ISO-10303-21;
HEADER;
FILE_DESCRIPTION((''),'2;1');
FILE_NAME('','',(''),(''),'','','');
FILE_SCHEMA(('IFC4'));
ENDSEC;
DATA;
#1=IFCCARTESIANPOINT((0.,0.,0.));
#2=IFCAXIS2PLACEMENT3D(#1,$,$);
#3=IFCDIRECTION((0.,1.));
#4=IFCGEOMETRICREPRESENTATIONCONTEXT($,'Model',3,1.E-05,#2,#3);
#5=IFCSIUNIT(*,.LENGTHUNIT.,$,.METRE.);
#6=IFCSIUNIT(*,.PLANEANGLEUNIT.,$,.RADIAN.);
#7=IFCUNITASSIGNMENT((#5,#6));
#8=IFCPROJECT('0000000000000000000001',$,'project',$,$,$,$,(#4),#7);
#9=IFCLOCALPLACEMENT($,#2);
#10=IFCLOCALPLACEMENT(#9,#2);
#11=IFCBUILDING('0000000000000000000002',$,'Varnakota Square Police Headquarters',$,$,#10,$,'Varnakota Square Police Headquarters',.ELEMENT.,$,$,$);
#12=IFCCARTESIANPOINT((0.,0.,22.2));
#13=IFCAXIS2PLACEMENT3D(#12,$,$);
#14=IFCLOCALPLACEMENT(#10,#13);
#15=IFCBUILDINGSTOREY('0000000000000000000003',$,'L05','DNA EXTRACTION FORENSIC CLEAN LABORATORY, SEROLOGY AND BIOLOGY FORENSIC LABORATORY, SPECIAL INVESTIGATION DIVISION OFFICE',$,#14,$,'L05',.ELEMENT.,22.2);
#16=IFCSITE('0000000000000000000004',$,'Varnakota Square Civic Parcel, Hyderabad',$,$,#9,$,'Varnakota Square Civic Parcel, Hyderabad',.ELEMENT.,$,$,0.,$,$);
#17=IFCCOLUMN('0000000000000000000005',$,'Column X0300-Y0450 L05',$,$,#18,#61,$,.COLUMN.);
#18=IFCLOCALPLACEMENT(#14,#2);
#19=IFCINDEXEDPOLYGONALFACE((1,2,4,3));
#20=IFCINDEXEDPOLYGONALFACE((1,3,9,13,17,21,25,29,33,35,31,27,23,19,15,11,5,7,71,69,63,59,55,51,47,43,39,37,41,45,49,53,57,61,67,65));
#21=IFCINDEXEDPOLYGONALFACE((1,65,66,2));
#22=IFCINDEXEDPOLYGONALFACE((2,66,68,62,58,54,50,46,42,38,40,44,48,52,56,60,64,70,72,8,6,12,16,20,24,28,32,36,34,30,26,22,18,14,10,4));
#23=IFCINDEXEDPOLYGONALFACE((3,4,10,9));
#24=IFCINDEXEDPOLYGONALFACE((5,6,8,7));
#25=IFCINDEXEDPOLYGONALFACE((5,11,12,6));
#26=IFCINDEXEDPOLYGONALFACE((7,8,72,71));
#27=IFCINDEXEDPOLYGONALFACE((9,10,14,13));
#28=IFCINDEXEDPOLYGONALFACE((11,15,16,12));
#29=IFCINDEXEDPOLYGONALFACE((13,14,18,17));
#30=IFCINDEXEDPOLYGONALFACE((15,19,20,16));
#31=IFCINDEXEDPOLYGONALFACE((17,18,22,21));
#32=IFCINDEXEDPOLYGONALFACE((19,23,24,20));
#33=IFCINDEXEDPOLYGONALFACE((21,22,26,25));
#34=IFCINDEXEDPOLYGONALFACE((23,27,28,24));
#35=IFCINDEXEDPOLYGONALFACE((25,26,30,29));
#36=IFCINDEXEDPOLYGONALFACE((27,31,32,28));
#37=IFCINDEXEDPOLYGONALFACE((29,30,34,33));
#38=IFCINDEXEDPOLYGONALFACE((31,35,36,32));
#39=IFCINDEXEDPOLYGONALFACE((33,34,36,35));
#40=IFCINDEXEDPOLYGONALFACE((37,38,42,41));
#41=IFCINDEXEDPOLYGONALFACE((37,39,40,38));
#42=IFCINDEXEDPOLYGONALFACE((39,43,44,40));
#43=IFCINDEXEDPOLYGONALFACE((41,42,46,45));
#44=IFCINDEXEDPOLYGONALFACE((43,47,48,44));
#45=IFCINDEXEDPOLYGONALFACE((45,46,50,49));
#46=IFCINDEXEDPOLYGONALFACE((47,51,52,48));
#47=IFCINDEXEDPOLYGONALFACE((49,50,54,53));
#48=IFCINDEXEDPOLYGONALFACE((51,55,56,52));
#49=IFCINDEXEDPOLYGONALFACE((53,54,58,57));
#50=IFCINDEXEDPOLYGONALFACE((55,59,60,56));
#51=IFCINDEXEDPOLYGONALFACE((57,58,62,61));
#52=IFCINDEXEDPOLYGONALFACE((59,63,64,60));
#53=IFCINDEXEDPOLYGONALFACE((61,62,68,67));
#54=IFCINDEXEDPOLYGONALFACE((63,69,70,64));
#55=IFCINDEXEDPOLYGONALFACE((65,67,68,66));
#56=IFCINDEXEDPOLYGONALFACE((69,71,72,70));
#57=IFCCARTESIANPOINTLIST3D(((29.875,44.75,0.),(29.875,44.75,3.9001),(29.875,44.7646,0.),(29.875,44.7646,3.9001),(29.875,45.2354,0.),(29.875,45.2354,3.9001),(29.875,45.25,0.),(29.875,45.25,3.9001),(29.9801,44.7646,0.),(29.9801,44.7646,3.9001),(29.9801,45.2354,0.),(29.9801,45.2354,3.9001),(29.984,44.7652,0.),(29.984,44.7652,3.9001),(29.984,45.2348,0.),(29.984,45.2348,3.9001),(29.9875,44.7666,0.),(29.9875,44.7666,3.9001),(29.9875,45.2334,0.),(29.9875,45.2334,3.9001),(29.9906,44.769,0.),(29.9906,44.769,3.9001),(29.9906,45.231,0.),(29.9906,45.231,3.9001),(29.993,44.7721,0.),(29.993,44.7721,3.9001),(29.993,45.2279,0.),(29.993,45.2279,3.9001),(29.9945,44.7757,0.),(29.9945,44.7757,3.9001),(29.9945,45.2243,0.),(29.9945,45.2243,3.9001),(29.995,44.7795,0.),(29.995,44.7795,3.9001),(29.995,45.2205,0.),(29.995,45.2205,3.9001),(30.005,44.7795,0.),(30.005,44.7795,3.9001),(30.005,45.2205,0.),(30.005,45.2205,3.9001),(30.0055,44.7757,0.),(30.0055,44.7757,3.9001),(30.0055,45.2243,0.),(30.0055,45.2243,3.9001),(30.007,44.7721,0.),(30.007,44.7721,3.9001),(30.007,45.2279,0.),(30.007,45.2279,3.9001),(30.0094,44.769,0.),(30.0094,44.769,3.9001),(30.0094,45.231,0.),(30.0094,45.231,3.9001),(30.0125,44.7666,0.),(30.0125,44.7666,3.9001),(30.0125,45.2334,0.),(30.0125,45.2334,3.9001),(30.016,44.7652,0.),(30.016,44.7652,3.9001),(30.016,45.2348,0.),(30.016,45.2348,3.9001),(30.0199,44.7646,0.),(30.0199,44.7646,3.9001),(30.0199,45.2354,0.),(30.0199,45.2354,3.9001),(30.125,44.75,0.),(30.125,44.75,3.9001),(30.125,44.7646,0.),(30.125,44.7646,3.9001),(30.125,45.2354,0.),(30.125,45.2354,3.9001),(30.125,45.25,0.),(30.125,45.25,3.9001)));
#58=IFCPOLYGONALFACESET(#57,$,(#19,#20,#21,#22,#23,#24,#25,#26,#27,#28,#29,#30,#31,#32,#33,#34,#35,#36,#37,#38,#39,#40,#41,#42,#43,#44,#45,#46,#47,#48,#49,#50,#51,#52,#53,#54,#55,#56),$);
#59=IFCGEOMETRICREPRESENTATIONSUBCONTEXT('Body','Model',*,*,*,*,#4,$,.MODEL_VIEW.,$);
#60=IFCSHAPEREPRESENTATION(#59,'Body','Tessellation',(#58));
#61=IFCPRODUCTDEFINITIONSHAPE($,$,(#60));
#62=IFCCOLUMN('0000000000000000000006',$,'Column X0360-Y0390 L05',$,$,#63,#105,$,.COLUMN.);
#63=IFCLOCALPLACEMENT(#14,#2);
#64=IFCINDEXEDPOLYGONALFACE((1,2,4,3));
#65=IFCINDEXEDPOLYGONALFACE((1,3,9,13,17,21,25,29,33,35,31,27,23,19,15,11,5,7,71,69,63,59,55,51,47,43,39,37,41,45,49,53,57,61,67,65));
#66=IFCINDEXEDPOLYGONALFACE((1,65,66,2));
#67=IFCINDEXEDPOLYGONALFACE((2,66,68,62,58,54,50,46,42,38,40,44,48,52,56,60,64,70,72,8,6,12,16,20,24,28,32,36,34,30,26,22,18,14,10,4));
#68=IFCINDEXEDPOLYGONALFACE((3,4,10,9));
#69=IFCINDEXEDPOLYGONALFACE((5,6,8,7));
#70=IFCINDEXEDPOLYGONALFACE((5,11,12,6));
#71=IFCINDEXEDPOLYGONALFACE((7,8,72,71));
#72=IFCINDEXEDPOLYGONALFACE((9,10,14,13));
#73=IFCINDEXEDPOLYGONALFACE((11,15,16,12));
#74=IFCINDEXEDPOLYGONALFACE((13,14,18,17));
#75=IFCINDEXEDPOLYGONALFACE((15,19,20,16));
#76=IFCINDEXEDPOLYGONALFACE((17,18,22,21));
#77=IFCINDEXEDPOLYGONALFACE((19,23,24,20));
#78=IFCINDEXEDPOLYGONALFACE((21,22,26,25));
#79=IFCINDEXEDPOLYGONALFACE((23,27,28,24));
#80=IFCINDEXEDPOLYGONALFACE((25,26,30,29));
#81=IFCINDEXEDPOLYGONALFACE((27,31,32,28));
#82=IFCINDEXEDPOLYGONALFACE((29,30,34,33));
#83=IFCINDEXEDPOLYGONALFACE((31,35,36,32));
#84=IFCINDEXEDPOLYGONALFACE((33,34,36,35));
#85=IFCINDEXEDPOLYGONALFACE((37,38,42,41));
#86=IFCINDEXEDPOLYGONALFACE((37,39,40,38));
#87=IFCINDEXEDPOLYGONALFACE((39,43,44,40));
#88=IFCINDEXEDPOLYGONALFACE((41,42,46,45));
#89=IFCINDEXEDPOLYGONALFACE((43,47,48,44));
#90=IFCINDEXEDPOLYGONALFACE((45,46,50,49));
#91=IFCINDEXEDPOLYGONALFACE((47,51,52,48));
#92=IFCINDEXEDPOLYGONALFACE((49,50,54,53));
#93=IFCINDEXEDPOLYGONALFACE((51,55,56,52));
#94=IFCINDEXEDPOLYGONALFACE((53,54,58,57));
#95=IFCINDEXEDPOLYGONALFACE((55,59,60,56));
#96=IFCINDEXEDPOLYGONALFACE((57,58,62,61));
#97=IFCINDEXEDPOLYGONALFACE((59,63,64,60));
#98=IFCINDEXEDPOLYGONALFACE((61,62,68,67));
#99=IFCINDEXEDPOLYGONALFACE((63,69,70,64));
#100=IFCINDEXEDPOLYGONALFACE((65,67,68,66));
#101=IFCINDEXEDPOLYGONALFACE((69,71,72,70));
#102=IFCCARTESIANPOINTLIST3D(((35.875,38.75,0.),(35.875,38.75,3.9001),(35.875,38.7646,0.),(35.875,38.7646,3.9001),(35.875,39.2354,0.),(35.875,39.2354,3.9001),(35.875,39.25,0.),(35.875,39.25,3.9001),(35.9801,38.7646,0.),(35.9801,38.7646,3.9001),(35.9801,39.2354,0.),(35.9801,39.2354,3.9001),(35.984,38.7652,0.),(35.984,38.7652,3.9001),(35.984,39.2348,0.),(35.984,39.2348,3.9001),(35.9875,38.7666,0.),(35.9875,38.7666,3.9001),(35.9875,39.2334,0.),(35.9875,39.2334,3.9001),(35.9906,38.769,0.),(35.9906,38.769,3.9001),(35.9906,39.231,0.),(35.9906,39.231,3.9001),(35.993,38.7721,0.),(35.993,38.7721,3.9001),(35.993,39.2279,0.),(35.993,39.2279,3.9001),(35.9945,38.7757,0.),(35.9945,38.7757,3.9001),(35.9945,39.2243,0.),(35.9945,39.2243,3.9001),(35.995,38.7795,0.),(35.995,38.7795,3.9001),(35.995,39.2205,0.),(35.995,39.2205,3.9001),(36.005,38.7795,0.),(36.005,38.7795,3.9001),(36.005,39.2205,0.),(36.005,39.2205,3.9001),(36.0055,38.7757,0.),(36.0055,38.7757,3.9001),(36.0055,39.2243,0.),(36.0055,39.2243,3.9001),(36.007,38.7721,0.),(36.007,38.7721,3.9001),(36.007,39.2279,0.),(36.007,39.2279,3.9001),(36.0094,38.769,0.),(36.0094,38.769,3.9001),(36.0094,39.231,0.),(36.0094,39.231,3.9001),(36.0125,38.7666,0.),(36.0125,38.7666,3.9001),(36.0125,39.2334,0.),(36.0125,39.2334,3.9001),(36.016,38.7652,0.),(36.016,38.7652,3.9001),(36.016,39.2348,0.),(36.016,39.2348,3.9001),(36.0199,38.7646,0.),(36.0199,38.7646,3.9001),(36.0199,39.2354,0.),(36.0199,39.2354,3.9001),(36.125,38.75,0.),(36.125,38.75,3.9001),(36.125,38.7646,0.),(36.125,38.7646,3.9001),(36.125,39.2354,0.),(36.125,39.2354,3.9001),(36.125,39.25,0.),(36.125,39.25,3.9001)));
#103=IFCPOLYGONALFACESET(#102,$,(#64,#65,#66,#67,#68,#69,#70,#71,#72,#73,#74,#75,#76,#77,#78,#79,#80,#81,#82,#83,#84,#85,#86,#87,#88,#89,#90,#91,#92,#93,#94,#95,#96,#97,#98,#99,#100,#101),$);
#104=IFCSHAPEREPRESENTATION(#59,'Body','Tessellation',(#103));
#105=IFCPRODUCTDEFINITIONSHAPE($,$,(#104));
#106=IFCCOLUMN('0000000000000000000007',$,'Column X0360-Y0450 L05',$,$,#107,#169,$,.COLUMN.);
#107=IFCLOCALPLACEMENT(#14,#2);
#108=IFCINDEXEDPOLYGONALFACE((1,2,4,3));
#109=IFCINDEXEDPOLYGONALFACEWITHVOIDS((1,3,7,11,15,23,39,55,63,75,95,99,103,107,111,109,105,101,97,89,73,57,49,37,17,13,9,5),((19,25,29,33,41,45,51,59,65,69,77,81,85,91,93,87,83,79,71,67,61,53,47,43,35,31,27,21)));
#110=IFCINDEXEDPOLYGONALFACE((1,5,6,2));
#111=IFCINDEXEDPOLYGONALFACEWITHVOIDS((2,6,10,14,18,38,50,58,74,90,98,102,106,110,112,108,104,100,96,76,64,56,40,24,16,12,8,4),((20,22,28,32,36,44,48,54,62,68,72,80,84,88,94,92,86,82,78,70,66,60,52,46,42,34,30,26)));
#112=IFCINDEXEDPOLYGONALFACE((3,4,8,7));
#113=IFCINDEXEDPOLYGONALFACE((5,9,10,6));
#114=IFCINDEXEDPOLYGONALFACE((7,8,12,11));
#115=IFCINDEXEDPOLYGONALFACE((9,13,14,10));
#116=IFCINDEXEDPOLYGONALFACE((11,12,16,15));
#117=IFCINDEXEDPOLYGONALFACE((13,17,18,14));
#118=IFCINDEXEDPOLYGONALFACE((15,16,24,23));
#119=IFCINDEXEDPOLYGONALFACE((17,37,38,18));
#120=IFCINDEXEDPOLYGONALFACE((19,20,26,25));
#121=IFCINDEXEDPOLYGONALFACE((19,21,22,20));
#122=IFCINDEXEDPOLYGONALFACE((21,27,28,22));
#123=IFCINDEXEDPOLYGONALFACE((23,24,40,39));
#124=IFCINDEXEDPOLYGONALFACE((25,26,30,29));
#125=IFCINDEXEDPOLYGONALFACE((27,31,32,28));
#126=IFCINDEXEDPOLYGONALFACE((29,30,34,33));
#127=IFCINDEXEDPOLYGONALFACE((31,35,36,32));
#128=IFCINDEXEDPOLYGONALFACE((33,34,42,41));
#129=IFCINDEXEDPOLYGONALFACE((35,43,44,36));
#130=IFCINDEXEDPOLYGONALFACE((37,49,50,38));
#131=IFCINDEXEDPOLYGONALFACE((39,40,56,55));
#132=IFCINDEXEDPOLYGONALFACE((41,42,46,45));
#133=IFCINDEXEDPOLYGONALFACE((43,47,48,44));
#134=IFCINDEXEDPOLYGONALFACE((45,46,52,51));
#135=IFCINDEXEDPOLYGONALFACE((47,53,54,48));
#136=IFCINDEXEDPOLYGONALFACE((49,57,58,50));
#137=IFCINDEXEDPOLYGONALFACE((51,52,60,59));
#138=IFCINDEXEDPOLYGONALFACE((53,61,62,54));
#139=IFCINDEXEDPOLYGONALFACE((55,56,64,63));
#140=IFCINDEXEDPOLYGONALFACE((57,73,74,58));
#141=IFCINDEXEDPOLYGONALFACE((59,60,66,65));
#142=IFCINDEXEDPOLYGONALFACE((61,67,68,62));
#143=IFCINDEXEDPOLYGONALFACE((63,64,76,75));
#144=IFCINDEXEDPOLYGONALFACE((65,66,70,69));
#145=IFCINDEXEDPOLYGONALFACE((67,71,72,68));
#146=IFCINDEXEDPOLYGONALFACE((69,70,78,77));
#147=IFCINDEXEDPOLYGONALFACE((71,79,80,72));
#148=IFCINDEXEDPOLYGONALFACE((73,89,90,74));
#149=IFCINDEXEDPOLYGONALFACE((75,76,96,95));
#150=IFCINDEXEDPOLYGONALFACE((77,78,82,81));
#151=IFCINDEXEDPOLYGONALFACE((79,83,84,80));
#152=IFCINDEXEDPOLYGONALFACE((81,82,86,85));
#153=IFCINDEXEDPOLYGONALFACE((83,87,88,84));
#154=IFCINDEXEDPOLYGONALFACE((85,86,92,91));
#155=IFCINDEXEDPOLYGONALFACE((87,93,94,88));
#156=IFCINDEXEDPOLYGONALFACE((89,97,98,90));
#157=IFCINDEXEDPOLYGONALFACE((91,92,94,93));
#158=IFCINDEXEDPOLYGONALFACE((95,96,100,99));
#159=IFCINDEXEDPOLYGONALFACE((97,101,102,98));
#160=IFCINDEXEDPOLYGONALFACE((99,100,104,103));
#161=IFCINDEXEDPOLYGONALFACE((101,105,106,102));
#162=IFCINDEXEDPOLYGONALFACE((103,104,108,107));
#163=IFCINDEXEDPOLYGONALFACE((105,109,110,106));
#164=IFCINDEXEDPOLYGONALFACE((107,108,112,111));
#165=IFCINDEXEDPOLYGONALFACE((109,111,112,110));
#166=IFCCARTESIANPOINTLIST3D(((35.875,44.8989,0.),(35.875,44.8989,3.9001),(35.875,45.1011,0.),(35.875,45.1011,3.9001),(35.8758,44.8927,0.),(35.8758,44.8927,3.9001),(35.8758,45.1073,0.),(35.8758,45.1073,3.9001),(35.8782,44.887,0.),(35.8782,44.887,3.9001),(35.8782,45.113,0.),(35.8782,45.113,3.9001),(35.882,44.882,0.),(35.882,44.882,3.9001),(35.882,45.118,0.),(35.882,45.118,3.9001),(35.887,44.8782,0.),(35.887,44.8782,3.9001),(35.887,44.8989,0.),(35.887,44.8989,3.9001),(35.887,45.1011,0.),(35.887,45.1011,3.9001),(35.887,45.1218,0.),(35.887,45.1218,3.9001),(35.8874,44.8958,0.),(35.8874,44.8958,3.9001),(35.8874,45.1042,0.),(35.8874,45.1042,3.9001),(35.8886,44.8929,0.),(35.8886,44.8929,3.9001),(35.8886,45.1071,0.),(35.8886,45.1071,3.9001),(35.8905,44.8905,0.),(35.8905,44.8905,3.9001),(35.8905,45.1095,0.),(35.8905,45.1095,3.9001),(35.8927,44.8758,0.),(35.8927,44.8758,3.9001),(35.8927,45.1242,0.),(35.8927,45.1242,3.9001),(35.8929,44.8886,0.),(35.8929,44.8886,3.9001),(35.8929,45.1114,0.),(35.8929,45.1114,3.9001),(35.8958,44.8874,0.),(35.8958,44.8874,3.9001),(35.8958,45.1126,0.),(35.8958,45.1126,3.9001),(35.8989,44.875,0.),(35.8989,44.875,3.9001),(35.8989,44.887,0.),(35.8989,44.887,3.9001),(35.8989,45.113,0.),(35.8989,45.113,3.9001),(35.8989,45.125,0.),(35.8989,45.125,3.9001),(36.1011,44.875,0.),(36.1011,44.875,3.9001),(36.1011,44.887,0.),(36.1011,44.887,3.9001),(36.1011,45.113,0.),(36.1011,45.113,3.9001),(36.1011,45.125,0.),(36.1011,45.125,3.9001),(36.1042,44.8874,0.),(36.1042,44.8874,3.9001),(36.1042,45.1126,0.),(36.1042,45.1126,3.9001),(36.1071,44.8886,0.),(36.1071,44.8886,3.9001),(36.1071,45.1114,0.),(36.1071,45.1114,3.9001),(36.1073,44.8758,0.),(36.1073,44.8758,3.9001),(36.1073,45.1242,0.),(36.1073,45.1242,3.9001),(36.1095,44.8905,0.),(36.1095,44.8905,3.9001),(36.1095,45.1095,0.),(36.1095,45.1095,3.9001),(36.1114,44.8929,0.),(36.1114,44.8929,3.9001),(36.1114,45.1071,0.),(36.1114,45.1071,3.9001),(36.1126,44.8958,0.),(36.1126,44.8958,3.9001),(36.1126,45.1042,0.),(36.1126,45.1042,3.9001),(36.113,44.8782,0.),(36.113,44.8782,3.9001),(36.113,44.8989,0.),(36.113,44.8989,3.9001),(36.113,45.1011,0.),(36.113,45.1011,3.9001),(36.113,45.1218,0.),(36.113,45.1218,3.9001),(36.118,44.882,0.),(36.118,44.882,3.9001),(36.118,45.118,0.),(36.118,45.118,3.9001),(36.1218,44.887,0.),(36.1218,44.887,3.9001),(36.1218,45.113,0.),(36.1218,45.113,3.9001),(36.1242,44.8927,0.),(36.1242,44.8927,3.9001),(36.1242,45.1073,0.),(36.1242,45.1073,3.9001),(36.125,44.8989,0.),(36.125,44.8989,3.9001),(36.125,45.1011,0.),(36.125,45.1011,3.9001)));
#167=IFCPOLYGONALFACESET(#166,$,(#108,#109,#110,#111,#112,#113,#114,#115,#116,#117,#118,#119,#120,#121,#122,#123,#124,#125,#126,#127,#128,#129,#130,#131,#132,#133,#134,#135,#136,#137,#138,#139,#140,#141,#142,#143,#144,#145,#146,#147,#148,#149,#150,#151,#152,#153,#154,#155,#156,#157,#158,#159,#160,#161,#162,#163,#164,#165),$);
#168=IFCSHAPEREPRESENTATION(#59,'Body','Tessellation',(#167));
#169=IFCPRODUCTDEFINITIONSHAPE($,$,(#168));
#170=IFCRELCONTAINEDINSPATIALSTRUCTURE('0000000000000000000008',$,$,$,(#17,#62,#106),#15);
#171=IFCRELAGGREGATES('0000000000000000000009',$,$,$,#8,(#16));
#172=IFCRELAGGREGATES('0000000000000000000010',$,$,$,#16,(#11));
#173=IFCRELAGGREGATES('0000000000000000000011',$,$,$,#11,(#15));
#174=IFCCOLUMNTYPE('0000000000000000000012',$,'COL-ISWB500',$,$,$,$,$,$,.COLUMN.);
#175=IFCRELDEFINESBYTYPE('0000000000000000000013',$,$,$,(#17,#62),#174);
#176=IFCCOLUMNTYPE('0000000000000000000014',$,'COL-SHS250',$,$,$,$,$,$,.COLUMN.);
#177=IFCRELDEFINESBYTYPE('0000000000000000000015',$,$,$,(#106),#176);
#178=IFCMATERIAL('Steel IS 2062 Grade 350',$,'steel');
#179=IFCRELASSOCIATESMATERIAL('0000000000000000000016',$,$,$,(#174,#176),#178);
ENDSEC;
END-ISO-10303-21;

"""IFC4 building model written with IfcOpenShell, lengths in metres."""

from ifc_helpers import new_model, si_unit, direction, frame, origin, origin_2d, place, context, subcontext, project, spatial, hollow_rectangle, i_section, extrude, material, material_profile, profile_set, type_object, element, save


model = new_model("IFC4")

# Units and contexts
model_context = context("Model", 3, precision=1e-05, world=origin(), true_north=direction((0.0, 1.0)))
body_context = subcontext(model_context, "Body", "Model", "MODEL_VIEW")
ifc_project = project(units=[si_unit("LENGTHUNIT", "METRE"), si_unit("PLANEANGLEUNIT", "RADIAN")], contexts=[model_context])

# Site, building, storey
site_placement = place(None, origin())
site = spatial("IfcSite", under=ifc_project, at=site_placement, Name="Varnakota Square Civic Parcel, Hyderabad", LongName="Varnakota Square Civic Parcel, Hyderabad", CompositionType="ELEMENT", RefElevation=0.0)
building_placement = place(site_placement, origin())
building = spatial("IfcBuilding", under=site, at=building_placement, Name="Varnakota Square Police Headquarters", LongName="Varnakota Square Police Headquarters", CompositionType="ELEMENT")
storey_placement = place(building_placement, frame((0.0, 0.0, 22.2)))
storey = spatial("IfcBuildingStorey", under=building, at=storey_placement, Name="L05", Description="DNA EXTRACTION FORENSIC CLEAN LABORATORY, SEROLOGY AND BIOLOGY FORENSIC LABORATORY, SPECIAL INVESTIGATION DIVISION OFFICE", LongName="L05", CompositionType="ELEMENT", Elevation=22.2)

# Columns
ifc_material_1 = material(Name="Steel IS 2062 Grade 350", Category="steel")
ifc_material_profile_1 = material_profile(ifc_material_1, i_section(OverallWidth=0.25, OverallDepth=0.5, WebThickness=0.01, FlangeThickness=0.0146, FilletRadius=0.0149, at=origin_2d()), Name="ISWB 500")
ifc_profile_set_1 = profile_set([ifc_material_profile_1], Name="Steel IS 2062 Grade 350")
column_type_1 = type_object("IfcColumnType", Name="COL-ISWB500", PredefinedType="COLUMN", material=ifc_profile_set_1)
for number, where, z_axis, x_axis, name in (
    (1, (30.0, 45.0, 0.0), (0.0, 0.0, 1.0), (1.0, 0.0, 0.0), "Column X0300-Y0450 L05"),
    (2, (36.0, 39.0, 0.0), (0.0, 0.0, 1.0), (1.0, 0.0, 0.0), "Column X0360-Y0390 L05"),
):
    element("IfcColumn", number, at=place(storey_placement, frame(where, z_axis=z_axis, x_axis=x_axis)), inside=storey, type_object=column_type_1, Name=name, PredefinedType="COLUMN", context=body_context, shape_type="SweptSolid", body=[
        extrude(i_section(OverallWidth=0.25, OverallDepth=0.5, WebThickness=0.01, FlangeThickness=0.0146, FilletRadius=0.0149, at=origin_2d()), origin(), (0.0, 0.0, 1.0), 3.9001),
    ])
ifc_material_profile_2 = material_profile(ifc_material_1, hollow_rectangle(XDim=0.25, YDim=0.25, WallThickness=0.012, InnerFilletRadius=0.012, OuterFilletRadius=0.0239, at=origin_2d()), Name="SHS 250x250x12")
ifc_profile_set_2 = profile_set([ifc_material_profile_2], Name="Steel IS 2062 Grade 350")
column_type_2 = type_object("IfcColumnType", Name="COL-SHS250", PredefinedType="COLUMN", material=ifc_profile_set_2)
column_placement = place(storey_placement, frame((36.0, 45.0, 0.0), z_axis=(0.0, 0.0, 1.0), x_axis=(1.0, 0.0, 0.0)))
element("IfcColumn", 3, at=column_placement, inside=storey, type_object=column_type_2, Name="Column X0360-Y0450 L05", PredefinedType="COLUMN", context=body_context, shape_type="SweptSolid", body=[
    extrude(hollow_rectangle(XDim=0.25, YDim=0.25, WallThickness=0.012, InnerFilletRadius=0.012, OuterFilletRadius=0.0239, at=origin_2d()), origin(), (0.0, 0.0, 1.0), 3.9001),
])

save(model, "model.ifc")
